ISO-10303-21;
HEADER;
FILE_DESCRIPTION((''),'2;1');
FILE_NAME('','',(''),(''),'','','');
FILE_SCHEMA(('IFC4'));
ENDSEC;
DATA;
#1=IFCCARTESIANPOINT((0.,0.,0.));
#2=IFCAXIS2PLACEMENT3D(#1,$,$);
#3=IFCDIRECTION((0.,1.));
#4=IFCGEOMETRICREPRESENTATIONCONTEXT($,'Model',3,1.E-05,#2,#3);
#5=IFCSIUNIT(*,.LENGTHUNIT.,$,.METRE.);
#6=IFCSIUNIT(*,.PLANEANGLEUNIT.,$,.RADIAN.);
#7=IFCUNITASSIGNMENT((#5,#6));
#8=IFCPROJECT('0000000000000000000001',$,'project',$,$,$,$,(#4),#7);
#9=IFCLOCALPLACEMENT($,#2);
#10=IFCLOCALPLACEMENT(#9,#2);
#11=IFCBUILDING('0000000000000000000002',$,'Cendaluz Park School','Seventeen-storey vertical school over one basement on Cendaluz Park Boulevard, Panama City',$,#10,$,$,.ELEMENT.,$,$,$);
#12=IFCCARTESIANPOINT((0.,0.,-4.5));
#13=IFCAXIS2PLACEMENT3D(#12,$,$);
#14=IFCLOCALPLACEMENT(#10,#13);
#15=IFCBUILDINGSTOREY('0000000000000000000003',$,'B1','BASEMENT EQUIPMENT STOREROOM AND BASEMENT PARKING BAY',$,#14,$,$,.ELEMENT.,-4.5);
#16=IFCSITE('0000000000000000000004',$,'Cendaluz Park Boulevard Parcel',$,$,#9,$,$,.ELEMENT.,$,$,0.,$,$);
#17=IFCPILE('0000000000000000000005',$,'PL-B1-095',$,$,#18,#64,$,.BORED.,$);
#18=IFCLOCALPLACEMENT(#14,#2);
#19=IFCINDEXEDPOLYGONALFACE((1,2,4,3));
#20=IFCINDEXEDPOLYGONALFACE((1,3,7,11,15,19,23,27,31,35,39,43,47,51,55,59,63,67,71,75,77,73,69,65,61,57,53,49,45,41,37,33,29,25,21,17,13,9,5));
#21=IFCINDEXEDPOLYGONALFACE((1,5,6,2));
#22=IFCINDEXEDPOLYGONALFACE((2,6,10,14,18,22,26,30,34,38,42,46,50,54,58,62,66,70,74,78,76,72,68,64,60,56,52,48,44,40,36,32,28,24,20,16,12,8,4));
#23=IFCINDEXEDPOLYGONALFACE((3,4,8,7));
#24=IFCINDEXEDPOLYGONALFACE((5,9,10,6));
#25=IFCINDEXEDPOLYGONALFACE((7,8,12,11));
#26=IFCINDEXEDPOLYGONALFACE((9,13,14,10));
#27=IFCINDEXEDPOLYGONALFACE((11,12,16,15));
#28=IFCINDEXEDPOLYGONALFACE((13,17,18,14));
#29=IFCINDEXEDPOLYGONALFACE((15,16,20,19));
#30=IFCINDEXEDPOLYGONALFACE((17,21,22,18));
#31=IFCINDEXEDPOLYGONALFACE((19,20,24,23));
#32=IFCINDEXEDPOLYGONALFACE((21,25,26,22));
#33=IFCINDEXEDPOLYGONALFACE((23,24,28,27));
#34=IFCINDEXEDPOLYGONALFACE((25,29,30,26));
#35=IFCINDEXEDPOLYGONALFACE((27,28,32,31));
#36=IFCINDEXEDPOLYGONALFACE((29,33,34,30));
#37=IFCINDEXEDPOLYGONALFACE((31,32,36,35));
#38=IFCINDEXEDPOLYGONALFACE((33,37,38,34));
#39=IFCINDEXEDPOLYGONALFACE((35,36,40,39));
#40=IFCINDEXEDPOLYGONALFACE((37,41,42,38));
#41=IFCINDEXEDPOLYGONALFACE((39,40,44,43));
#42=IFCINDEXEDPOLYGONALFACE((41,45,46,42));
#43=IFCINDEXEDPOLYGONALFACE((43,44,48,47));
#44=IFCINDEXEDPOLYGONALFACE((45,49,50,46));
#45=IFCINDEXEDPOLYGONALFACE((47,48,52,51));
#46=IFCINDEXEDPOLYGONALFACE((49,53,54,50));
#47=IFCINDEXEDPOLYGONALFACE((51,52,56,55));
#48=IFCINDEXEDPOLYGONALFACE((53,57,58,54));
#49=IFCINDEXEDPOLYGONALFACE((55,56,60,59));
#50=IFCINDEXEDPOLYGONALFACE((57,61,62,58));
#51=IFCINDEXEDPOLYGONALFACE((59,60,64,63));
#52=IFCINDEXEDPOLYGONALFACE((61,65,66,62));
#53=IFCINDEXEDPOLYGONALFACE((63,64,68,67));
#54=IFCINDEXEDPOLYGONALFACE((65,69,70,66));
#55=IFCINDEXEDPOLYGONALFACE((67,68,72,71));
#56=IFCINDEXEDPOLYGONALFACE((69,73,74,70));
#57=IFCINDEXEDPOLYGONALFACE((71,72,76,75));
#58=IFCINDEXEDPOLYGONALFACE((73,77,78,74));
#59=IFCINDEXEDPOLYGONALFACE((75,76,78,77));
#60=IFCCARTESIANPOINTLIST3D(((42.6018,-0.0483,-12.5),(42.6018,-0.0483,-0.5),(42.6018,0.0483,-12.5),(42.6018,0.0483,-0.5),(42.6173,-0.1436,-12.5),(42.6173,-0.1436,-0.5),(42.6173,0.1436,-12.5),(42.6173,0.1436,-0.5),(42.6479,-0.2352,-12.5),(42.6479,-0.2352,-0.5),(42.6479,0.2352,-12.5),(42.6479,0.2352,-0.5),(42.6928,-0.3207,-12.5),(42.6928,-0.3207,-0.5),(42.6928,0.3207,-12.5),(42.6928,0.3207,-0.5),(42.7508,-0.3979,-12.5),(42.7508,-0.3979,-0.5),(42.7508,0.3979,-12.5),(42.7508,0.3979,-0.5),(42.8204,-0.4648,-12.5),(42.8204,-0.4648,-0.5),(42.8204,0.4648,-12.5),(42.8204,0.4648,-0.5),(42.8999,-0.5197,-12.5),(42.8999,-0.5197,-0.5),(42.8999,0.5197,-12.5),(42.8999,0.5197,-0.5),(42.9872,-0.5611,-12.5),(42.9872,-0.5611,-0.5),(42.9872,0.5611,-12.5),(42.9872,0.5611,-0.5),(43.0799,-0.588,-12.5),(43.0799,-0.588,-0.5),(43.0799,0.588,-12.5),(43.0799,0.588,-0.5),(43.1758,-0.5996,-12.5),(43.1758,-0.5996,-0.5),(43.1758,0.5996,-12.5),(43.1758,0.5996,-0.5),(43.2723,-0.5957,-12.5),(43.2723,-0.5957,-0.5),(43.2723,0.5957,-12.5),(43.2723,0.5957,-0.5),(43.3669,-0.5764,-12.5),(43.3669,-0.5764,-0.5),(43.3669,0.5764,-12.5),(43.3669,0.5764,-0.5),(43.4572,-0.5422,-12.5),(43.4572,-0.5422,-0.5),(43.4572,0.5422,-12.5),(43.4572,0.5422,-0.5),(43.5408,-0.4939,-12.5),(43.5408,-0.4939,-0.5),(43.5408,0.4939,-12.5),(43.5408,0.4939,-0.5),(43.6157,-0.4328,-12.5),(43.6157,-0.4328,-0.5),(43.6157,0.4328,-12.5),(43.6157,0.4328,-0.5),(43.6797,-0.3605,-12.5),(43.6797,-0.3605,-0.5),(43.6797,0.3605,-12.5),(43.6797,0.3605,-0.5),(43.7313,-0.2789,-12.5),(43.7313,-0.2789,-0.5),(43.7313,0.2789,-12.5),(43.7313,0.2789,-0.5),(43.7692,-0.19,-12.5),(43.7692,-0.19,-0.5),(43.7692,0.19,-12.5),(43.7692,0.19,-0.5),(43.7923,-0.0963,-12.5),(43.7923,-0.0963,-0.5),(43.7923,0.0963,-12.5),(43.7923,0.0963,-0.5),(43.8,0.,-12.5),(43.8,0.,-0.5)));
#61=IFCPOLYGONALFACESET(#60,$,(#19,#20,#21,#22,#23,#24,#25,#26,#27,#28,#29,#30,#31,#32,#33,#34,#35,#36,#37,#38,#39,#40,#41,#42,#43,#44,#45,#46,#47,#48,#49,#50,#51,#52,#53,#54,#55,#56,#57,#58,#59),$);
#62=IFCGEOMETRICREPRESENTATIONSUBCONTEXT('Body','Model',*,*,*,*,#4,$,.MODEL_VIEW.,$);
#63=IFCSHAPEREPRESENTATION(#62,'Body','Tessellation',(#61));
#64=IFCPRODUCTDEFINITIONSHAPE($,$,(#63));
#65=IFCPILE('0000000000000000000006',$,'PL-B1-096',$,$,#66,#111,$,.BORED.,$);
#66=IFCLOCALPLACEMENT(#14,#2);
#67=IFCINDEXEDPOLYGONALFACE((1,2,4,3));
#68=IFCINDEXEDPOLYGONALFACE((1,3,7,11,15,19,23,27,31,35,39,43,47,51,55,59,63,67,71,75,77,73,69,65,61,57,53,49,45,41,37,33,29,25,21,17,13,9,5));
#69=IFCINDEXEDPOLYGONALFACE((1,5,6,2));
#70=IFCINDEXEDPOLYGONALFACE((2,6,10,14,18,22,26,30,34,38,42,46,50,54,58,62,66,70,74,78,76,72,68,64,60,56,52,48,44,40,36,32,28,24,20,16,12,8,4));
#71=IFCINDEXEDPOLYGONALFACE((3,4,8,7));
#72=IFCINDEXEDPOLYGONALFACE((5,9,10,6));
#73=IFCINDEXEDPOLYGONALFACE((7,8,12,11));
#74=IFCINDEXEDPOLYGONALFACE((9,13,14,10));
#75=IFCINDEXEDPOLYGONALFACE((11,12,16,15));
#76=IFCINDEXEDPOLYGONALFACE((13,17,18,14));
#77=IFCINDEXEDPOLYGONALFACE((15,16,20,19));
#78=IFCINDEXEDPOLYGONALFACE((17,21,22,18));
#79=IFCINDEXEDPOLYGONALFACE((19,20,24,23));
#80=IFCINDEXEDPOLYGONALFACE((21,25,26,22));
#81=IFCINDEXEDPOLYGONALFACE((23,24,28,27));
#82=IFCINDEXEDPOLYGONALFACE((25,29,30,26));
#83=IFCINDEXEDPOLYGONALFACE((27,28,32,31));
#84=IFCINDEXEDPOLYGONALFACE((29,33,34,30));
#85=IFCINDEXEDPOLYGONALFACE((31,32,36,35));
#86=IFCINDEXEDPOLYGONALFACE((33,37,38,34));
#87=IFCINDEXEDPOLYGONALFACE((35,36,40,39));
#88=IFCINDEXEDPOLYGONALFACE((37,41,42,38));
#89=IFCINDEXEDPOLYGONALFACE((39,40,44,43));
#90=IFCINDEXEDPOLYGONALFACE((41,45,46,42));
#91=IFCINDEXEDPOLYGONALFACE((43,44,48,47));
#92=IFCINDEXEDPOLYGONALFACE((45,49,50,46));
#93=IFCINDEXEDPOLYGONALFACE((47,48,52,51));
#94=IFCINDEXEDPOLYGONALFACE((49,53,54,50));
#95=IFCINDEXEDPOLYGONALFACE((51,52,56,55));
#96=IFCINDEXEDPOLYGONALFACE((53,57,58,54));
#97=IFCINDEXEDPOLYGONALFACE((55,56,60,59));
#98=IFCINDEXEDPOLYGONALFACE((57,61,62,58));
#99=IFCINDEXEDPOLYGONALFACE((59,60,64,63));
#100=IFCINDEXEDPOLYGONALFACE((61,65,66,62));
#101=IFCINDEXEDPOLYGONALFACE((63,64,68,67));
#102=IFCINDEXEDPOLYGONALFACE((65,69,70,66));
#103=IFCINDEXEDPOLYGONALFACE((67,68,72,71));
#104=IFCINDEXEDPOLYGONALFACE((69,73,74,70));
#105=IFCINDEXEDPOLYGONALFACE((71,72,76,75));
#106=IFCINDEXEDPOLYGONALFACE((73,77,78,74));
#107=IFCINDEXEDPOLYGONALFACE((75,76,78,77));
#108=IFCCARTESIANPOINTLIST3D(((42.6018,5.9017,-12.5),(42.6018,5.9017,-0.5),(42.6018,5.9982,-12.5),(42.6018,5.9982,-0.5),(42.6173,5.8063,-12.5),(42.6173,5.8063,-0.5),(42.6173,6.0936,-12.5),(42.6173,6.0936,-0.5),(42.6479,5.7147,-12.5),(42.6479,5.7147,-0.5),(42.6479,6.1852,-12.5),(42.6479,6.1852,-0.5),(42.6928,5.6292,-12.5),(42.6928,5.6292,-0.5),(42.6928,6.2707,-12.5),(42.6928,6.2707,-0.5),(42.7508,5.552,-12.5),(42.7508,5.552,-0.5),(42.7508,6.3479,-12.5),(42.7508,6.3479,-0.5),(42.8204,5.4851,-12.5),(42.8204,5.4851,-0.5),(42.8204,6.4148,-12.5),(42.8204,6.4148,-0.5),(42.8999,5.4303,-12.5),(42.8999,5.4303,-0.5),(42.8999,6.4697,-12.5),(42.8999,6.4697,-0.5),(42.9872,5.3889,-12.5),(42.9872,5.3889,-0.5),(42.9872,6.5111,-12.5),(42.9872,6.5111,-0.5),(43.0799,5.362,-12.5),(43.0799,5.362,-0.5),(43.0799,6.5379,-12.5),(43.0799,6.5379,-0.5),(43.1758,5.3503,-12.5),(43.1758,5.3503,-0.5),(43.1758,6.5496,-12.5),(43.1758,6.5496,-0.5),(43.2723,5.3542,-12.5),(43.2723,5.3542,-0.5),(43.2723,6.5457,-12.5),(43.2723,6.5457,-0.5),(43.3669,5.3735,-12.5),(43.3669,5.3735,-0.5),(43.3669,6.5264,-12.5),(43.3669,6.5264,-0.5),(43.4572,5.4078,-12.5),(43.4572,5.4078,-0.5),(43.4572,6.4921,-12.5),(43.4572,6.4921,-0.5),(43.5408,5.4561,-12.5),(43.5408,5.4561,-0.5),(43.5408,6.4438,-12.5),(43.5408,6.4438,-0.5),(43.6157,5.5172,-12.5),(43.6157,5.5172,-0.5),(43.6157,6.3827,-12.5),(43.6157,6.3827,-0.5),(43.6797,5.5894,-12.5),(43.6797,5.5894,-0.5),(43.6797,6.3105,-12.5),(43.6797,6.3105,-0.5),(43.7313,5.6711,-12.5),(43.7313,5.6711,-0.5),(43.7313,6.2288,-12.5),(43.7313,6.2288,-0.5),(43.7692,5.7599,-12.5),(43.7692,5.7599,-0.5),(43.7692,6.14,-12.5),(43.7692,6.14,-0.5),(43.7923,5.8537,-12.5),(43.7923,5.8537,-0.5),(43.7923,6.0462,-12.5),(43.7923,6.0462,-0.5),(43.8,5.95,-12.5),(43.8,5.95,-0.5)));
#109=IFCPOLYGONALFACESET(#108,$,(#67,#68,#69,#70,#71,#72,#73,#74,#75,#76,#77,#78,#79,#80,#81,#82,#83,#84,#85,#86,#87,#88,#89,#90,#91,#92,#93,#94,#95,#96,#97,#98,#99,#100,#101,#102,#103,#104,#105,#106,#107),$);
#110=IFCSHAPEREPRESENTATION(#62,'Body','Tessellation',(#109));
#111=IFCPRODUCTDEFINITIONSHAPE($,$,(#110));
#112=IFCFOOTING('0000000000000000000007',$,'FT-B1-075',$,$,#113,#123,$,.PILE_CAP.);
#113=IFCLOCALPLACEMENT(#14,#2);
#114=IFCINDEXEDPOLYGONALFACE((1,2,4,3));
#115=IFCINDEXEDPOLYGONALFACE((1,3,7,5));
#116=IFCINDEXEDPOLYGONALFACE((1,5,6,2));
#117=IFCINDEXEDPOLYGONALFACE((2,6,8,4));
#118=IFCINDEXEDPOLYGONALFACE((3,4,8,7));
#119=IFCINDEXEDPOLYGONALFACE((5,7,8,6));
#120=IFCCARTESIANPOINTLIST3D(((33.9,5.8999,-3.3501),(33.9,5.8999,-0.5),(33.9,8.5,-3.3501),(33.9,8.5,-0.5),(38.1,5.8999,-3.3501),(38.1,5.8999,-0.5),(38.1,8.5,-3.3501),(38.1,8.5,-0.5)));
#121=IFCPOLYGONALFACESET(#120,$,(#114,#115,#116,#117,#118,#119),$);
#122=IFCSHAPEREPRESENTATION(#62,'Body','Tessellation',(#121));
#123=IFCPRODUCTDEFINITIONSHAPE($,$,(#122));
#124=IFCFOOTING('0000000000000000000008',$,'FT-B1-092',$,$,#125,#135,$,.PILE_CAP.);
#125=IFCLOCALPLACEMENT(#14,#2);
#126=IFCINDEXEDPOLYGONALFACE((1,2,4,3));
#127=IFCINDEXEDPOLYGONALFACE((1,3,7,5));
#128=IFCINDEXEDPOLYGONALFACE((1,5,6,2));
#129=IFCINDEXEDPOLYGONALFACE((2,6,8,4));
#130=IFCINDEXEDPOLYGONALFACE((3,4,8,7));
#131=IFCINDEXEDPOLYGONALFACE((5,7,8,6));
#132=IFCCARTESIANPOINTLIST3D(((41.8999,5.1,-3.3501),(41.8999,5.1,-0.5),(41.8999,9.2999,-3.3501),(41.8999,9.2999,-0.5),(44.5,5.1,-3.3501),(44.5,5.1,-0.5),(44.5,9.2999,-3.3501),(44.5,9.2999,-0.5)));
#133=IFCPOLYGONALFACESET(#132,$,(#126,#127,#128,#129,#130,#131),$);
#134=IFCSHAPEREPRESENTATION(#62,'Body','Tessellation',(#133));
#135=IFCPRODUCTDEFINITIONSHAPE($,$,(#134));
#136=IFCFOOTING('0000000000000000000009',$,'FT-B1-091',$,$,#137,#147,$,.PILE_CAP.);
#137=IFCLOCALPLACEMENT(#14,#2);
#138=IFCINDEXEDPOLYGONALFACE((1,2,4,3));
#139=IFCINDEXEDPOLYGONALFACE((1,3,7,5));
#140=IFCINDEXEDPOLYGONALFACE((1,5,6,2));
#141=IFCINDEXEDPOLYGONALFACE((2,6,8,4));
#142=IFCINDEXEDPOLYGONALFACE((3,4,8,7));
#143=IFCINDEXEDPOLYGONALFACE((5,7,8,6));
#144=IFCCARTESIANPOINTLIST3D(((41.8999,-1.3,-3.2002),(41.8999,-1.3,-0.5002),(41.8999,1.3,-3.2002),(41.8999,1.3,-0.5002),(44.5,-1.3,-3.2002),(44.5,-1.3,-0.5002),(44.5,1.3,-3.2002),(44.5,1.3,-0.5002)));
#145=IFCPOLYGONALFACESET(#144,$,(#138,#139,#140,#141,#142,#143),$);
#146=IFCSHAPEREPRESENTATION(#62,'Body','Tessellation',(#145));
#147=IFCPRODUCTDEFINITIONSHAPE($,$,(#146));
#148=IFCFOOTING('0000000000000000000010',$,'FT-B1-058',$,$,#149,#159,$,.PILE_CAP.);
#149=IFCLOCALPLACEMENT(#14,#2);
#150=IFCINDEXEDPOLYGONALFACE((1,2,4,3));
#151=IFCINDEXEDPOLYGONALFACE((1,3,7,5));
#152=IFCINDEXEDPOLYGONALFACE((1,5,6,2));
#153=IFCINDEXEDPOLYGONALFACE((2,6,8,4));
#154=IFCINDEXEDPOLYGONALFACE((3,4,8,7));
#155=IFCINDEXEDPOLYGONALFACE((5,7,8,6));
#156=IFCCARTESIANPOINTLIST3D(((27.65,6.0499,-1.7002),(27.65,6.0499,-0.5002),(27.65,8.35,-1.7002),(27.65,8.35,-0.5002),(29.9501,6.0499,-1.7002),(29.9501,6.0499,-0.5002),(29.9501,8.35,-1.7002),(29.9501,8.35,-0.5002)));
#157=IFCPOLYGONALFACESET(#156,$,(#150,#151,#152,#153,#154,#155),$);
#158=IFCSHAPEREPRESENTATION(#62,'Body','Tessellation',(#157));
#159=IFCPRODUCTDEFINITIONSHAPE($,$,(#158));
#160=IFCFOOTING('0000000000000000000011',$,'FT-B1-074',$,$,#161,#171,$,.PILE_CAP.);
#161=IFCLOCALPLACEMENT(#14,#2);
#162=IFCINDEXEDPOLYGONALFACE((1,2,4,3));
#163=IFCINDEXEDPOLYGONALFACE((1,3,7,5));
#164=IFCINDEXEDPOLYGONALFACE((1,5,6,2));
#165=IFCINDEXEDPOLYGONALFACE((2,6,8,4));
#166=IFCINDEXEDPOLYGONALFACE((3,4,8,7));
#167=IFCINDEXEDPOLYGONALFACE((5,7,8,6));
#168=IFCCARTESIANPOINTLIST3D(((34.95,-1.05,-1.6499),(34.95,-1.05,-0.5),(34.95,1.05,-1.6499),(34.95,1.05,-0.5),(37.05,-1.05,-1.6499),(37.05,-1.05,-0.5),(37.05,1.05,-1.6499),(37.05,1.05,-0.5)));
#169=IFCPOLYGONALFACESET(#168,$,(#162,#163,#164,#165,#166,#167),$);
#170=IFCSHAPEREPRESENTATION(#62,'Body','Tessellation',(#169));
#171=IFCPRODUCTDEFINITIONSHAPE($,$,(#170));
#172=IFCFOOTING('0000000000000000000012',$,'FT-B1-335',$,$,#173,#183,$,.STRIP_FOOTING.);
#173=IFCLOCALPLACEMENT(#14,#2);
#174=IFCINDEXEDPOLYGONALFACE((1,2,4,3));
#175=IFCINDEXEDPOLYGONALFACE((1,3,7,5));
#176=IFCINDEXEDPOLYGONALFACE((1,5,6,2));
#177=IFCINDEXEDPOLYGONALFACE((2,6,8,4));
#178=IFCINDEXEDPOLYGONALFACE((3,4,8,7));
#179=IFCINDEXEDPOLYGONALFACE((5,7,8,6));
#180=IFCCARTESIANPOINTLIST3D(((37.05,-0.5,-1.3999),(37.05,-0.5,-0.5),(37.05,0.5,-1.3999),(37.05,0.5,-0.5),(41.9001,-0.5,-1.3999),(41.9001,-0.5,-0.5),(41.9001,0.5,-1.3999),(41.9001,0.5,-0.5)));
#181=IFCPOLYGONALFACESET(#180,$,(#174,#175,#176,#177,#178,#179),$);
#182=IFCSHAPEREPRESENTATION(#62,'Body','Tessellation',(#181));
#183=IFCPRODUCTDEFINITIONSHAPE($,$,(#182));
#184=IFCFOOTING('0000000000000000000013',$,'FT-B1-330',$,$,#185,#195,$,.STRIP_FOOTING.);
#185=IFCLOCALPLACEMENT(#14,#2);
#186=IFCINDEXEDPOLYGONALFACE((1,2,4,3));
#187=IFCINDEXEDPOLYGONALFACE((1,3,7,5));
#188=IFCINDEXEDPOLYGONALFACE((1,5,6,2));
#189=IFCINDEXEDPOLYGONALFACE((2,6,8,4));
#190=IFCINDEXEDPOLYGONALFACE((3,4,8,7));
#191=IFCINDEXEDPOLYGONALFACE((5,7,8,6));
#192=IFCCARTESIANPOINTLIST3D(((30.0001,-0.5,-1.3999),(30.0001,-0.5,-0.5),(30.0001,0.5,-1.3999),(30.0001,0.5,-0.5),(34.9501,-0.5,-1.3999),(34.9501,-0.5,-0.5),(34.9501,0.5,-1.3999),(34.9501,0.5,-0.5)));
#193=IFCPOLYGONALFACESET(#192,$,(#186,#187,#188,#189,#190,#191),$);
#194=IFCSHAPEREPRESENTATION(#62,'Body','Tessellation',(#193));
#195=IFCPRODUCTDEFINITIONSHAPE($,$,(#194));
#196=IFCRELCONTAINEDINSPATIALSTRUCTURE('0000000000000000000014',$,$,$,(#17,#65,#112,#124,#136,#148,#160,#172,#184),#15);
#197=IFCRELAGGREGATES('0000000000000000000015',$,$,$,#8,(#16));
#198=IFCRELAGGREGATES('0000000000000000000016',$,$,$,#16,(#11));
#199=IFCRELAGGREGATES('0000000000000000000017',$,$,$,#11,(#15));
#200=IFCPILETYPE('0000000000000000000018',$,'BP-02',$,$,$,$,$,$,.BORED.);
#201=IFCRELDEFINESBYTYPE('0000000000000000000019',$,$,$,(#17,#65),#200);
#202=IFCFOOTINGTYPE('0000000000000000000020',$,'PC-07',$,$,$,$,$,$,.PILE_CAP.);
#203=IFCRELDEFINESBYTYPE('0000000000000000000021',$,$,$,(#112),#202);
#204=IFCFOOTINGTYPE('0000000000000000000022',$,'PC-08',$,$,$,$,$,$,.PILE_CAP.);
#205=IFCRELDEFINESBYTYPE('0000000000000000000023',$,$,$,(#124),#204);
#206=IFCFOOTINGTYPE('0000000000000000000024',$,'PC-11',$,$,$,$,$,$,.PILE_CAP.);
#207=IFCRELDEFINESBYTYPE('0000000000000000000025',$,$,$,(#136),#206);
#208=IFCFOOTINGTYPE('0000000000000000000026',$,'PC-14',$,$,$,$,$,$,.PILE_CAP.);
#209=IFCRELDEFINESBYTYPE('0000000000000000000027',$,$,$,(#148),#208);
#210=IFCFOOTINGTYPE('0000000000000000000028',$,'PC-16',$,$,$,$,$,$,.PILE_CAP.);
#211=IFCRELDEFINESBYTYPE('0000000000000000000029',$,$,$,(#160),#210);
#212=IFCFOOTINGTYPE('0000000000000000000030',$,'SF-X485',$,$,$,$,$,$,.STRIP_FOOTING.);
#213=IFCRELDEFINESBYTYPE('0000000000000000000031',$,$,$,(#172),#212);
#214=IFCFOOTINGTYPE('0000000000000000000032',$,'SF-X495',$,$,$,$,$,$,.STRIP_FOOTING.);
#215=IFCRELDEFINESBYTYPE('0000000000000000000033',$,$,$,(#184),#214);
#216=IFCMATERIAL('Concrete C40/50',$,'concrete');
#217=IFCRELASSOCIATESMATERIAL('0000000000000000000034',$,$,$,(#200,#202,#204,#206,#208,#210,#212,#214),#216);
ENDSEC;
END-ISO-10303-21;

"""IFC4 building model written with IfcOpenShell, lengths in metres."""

from ifc_helpers import new_model, si_unit, direction, frame, origin, origin_2d, place, context, subcontext, project, spatial, rectangle, circle, extrude, material, material_profile, profile_set, type_object, element, save


model = new_model("IFC4")

# Units and contexts
model_context = context("Model", 3, precision=1e-05, world=origin(), true_north=direction((0.0, 1.0)))
body_context = subcontext(model_context, "Body", "Model", "MODEL_VIEW")
ifc_project = project(units=[si_unit("LENGTHUNIT", "METRE"), si_unit("PLANEANGLEUNIT", "RADIAN")], contexts=[model_context])

# Site, building, storey
site_placement = place(None, origin())
site = spatial("IfcSite", under=ifc_project, at=site_placement, Name="Cendaluz Park Boulevard Parcel", CompositionType="ELEMENT", RefElevation=0.0)
building_placement = place(site_placement, origin())
building = spatial("IfcBuilding", under=site, at=building_placement, Name="Cendaluz Park School", Description="Seventeen-storey vertical school over one basement on Cendaluz Park Boulevard, Panama City", CompositionType="ELEMENT")
storey_placement = place(building_placement, frame((0.0, 0.0, -4.5)))
storey = spatial("IfcBuildingStorey", under=building, at=storey_placement, Name="B1", Description="BASEMENT EQUIPMENT STOREROOM AND BASEMENT PARKING BAY", CompositionType="ELEMENT", Elevation=-4.5)

# Piles
ifc_material_1 = material(Name="Concrete C40/50", Category="concrete")
ifc_material_profile_1 = material_profile(ifc_material_1, circle(Radius=0.6001, at=origin_2d()), Name="BP D1200", Category="concrete")
ifc_profile_set_1 = profile_set([ifc_material_profile_1], Name="Concrete C40/50")
pile_type_1 = type_object("IfcPileType", Name="BP-02", PredefinedType="BORED", material=ifc_profile_set_1)
for number, where, z_axis, x_axis, name in (
    (1, (43.2, 0.0, -0.5), (0.0, 0.0, -1.0), (1.0, 0.0, 0.0), "PL-B1-095"),
    (2, (43.2, 5.95, -0.5), (0.0, 0.0, -1.0), (1.0, 0.0, 0.0), "PL-B1-096"),
):
    element("IfcPile", number, at=place(storey_placement, frame(where, z_axis=z_axis, x_axis=x_axis)), inside=storey, type_object=pile_type_1, Name=name, PredefinedType="BORED", context=body_context, shape_type="SweptSolid", body=[
        extrude(circle(Radius=0.6001, at=origin_2d()), origin(), (0.0, 0.0, 1.0), 12.0),
    ])

# Footings
footing_type_1 = type_object("IfcFootingType", Name="PC-07", PredefinedType="PILE_CAP", material=ifc_material_1)
footing_1_placement = place(storey_placement, frame((36.0, 7.2, -3.3501), z_axis=(0.0, 0.0, 1.0), x_axis=(1.0, 0.0, 0.0)))
element("IfcFooting", 3, at=footing_1_placement, inside=storey, type_object=footing_type_1, Name="FT-B1-075", PredefinedType="PILE_CAP", context=body_context, shape_type="SweptSolid", body=[
    extrude(rectangle(XDim=4.2, YDim=2.6001, at=origin_2d()), origin(), (0.0, 0.0, 1.0), 2.8501),
])
footing_type_2 = type_object("IfcFootingType", Name="PC-08", PredefinedType="PILE_CAP", material=ifc_material_1)
footing_2_placement = place(storey_placement, frame((43.2, 7.2, -3.3501), z_axis=(0.0, 0.0, 1.0), x_axis=(1.0, 0.0, 0.0)))
element("IfcFooting", 4, at=footing_2_placement, inside=storey, type_object=footing_type_2, Name="FT-B1-092", PredefinedType="PILE_CAP", context=body_context, shape_type="SweptSolid", body=[
    extrude(rectangle(XDim=2.6001, YDim=4.2, at=origin_2d()), origin(), (0.0, 0.0, 1.0), 2.8501),
])
footing_type_3 = type_object("IfcFootingType", Name="PC-11", PredefinedType="PILE_CAP", material=ifc_material_1)
footing_3_placement = place(storey_placement, frame((43.2, 0.0, -3.2002), z_axis=(0.0, 0.0, 1.0), x_axis=(1.0, 0.0, 0.0)))
element("IfcFooting", 5, at=footing_3_placement, inside=storey, type_object=footing_type_3, Name="FT-B1-091", PredefinedType="PILE_CAP", context=body_context, shape_type="SweptSolid", body=[
    extrude(rectangle(XDim=2.6001, YDim=2.6001, at=origin_2d()), origin(), (0.0, 0.0, 1.0), 2.7),
])
footing_type_4 = type_object("IfcFootingType", Name="PC-14", PredefinedType="PILE_CAP", material=ifc_material_1)
footing_4_placement = place(storey_placement, frame((28.8, 7.2, -1.7002), z_axis=(0.0, 0.0, 1.0), x_axis=(1.0, 0.0, 0.0)))
element("IfcFooting", 6, at=footing_4_placement, inside=storey, type_object=footing_type_4, Name="FT-B1-058", PredefinedType="PILE_CAP", context=body_context, shape_type="SweptSolid", body=[
    extrude(rectangle(XDim=2.3, YDim=2.3, at=origin_2d()), origin(), (0.0, 0.0, 1.0), 1.2),
])
footing_type_5 = type_object("IfcFootingType", Name="PC-16", PredefinedType="PILE_CAP", material=ifc_material_1)
footing_5_placement = place(storey_placement, frame((36.0, 0.0, -1.6499), z_axis=(0.0, 0.0, 1.0), x_axis=(1.0, 0.0, 0.0)))
element("IfcFooting", 7, at=footing_5_placement, inside=storey, type_object=footing_type_5, Name="FT-B1-074", PredefinedType="PILE_CAP", context=body_context, shape_type="SweptSolid", body=[
    extrude(rectangle(XDim=2.1001, YDim=2.1001, at=origin_2d()), origin(), (0.0, 0.0, 1.0), 1.1499),
])
footing_type_6 = type_object("IfcFootingType", Name="SF-X485", PredefinedType="STRIP_FOOTING", material=ifc_material_1)
footing_6_placement = place(storey_placement, frame((39.4751, 0.0, -1.3999), z_axis=(0.0, 0.0, 1.0), x_axis=(1.0, 0.0, 0.0)))
element("IfcFooting", 8, at=footing_6_placement, inside=storey, type_object=footing_type_6, Name="FT-B1-335", PredefinedType="STRIP_FOOTING", context=body_context, shape_type="SweptSolid", body=[
    extrude(rectangle(XDim=4.8501, YDim=1.0, at=origin_2d()), origin(), (0.0, 0.0, 1.0), 0.8999),
])
footing_type_7 = type_object("IfcFootingType", Name="SF-X495", PredefinedType="STRIP_FOOTING", material=ifc_material_1)
footing_7_placement = place(storey_placement, frame((32.4751, 0.0, -1.3999), z_axis=(0.0, 0.0, 1.0), x_axis=(1.0, 0.0, 0.0)))
element("IfcFooting", 9, at=footing_7_placement, inside=storey, type_object=footing_type_7, Name="FT-B1-330", PredefinedType="STRIP_FOOTING", context=body_context, shape_type="SweptSolid", body=[
    extrude(rectangle(XDim=4.95, YDim=1.0, at=origin_2d()), origin(), (0.0, 0.0, 1.0), 0.8999),
])

save(model, "model.ifc")
